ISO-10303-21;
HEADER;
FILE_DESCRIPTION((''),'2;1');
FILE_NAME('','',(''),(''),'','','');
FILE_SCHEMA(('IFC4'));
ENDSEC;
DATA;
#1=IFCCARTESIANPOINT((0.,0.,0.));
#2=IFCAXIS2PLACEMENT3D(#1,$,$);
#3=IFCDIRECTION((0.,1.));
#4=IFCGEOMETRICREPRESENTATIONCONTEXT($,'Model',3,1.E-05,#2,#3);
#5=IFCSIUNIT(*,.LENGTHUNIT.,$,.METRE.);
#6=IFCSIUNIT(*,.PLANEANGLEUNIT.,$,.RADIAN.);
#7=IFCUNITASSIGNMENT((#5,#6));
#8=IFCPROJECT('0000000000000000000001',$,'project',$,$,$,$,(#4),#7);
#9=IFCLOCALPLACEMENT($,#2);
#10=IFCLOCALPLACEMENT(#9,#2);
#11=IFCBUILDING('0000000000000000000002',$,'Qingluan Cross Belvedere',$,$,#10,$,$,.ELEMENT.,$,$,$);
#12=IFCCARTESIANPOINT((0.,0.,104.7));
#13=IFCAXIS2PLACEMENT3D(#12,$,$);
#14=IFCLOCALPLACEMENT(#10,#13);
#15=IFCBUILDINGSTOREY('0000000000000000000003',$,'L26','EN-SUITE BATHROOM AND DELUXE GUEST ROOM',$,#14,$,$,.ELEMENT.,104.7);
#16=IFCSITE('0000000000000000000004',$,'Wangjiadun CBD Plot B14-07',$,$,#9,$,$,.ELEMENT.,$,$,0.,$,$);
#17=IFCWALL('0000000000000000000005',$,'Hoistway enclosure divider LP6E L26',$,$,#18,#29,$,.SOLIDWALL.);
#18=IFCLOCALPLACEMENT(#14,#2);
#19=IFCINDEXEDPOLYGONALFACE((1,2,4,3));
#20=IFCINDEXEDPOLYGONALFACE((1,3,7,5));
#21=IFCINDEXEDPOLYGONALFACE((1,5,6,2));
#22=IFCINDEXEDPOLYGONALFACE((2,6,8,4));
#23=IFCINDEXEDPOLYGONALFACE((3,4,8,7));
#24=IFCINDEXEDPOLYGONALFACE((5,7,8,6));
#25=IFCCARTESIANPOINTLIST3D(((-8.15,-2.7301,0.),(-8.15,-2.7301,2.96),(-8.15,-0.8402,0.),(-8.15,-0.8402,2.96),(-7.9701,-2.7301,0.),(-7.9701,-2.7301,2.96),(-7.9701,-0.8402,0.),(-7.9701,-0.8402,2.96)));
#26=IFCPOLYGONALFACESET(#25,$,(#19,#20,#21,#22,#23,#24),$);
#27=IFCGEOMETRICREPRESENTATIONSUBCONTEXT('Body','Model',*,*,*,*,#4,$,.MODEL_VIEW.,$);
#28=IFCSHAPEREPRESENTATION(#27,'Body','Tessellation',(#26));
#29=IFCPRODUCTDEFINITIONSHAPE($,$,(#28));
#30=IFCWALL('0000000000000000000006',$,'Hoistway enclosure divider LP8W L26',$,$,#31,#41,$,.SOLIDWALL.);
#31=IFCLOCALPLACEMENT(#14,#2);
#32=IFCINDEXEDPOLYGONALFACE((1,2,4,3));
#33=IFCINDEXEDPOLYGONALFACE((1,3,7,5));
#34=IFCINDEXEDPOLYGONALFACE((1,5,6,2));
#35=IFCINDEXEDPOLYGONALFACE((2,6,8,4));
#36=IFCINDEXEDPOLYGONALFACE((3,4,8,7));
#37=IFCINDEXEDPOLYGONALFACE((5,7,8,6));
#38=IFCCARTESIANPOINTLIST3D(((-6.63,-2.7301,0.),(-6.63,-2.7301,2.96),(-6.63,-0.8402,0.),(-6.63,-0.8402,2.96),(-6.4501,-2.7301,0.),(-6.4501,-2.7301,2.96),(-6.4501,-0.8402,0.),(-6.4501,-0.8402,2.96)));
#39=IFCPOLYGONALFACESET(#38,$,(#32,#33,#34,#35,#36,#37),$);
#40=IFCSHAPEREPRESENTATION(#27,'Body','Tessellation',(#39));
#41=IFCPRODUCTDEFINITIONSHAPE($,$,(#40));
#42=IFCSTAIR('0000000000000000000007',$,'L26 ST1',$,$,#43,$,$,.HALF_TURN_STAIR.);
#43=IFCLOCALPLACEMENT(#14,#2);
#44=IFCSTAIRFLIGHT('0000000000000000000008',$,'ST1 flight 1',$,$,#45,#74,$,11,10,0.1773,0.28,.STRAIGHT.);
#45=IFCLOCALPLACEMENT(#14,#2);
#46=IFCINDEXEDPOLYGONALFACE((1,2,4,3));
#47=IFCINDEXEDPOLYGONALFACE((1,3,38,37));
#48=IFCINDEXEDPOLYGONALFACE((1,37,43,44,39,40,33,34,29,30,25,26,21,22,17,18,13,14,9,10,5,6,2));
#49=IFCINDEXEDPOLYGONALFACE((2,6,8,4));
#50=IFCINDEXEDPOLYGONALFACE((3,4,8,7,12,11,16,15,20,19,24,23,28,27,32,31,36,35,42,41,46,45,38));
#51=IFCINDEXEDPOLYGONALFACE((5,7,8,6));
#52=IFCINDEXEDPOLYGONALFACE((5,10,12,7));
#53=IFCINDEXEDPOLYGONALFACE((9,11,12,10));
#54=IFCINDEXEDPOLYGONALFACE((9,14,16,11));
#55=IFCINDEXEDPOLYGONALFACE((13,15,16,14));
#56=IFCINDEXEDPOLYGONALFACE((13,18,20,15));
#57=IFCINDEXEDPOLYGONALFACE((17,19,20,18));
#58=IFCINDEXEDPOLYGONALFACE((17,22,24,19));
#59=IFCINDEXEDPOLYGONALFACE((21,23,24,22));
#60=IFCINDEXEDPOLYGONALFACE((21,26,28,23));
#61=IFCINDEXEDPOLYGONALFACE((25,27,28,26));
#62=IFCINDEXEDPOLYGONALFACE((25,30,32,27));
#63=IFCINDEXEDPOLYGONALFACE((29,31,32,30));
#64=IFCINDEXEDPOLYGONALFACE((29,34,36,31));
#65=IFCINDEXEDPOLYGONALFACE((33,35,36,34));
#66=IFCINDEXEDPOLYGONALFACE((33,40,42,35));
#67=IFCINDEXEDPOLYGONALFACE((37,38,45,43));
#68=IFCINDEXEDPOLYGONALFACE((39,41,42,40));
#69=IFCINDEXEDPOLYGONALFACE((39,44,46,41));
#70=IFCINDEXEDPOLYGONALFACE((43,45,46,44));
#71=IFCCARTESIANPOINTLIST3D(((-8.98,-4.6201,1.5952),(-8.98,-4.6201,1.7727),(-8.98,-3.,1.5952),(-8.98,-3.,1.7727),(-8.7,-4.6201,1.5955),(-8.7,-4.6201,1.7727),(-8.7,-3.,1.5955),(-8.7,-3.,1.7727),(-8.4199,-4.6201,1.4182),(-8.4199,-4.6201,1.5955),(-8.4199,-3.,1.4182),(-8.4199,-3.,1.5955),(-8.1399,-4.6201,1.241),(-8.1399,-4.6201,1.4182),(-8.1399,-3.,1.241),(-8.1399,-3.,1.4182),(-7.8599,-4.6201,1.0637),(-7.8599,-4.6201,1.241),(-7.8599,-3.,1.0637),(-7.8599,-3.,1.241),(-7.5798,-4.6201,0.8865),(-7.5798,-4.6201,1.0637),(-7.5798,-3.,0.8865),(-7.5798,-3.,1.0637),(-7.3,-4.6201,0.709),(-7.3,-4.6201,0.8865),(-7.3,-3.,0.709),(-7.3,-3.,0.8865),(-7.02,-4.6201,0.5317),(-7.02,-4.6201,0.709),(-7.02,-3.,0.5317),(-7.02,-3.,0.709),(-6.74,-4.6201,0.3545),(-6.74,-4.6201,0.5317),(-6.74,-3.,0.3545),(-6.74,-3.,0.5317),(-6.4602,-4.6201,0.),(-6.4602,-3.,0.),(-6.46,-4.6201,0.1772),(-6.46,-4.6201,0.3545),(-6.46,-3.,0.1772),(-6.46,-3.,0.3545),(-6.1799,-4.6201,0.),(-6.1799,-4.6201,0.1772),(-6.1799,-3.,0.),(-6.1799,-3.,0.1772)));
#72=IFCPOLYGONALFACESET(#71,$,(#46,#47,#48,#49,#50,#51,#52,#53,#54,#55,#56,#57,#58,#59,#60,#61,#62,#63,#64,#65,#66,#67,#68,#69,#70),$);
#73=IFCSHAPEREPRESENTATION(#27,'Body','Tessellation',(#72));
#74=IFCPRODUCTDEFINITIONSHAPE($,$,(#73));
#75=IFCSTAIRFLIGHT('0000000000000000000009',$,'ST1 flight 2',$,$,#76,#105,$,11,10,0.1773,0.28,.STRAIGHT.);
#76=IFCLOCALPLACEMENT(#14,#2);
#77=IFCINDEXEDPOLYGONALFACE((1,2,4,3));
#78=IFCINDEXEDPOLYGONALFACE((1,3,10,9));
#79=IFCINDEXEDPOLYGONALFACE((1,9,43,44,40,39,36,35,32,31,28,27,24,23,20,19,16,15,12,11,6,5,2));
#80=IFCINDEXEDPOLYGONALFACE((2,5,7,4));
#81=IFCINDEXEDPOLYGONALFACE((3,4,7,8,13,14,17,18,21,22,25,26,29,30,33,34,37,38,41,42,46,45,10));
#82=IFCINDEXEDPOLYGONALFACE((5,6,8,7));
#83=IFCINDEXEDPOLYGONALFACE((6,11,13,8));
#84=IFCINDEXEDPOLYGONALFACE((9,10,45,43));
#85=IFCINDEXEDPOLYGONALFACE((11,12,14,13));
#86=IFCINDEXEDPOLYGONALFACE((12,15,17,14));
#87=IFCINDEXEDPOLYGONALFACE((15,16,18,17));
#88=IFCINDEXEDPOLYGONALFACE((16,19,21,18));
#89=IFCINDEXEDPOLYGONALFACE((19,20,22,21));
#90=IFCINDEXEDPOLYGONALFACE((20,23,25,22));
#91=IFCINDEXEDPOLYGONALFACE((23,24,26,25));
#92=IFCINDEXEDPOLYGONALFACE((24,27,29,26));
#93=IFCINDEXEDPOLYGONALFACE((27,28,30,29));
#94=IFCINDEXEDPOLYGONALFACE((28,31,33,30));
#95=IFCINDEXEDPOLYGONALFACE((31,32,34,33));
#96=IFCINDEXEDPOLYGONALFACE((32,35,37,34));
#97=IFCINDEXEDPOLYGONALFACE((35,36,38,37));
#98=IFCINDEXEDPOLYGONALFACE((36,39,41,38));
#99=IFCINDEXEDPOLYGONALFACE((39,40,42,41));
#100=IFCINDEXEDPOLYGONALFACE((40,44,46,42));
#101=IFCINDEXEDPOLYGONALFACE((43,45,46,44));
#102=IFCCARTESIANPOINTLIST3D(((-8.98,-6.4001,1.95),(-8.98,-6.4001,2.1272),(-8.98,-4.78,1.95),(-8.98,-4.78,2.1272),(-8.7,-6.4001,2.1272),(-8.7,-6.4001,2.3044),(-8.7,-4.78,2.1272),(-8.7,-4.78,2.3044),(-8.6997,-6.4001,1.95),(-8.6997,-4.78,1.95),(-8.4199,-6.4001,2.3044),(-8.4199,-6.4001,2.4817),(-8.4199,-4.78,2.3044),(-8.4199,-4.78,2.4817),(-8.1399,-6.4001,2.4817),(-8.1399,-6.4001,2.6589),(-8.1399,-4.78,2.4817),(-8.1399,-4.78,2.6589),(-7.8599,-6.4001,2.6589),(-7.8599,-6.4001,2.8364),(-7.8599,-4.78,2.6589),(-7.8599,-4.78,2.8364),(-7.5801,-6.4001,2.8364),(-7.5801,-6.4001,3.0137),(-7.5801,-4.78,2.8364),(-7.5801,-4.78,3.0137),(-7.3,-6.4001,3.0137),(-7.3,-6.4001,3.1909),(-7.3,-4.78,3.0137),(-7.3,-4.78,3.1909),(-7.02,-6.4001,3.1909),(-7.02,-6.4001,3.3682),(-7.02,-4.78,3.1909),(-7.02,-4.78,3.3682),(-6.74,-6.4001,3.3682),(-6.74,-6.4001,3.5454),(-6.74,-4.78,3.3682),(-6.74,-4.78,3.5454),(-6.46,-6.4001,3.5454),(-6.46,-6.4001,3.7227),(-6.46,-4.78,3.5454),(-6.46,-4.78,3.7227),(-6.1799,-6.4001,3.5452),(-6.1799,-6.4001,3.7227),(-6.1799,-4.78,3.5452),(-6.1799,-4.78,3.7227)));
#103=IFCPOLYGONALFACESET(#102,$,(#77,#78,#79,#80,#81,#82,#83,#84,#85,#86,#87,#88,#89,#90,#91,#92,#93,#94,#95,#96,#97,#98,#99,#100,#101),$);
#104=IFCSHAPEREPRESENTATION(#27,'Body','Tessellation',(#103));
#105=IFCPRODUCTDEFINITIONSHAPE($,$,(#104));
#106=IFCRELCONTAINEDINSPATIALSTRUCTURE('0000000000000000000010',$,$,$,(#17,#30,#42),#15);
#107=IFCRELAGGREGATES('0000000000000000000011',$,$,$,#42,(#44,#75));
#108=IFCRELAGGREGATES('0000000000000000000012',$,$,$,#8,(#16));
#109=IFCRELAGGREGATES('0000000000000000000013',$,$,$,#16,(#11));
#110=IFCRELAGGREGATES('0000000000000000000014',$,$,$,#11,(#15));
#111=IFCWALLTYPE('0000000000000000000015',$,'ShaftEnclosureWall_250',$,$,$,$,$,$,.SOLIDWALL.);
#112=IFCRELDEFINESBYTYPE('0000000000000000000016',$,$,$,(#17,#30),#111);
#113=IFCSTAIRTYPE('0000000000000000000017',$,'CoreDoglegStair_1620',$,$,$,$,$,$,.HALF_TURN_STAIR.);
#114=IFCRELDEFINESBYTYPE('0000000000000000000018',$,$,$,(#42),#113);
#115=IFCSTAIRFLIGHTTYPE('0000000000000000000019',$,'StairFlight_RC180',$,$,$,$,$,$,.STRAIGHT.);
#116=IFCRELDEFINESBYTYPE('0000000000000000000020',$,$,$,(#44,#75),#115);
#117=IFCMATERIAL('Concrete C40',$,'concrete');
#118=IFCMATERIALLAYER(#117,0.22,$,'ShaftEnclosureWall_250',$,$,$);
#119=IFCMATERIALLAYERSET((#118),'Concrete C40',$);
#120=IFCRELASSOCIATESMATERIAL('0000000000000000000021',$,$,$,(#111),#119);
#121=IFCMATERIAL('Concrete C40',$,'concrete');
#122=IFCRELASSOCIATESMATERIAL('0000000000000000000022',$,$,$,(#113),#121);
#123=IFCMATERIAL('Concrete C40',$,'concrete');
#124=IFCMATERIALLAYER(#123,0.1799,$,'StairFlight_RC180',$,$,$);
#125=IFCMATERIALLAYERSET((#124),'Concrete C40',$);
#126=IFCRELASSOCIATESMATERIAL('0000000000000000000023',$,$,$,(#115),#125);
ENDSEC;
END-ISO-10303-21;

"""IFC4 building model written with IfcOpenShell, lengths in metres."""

from ifc_helpers import new_model, si_unit, direction, frame, frame_2d, origin, place, context, subcontext, project, spatial, polyline, rectangle, outline, extrude, material, layer, layer_set, type_object, element, aggregate, save


model = new_model("IFC4")

# Units and contexts
model_context = context("Model", 3, precision=1e-05, world=origin(), true_north=direction((0.0, 1.0)))
body_context = subcontext(model_context, "Body", "Model", "MODEL_VIEW")
ifc_project = project(units=[si_unit("LENGTHUNIT", "METRE"), si_unit("PLANEANGLEUNIT", "RADIAN")], contexts=[model_context])

# Site, building, storey
site_placement = place(None, origin())
site = spatial("IfcSite", under=ifc_project, at=site_placement, Name="Wangjiadun CBD Plot B14-07", CompositionType="ELEMENT", RefElevation=0.0)
building_placement = place(site_placement, origin())
building = spatial("IfcBuilding", under=site, at=building_placement, Name="Qingluan Cross Belvedere", CompositionType="ELEMENT")
storey_placement = place(building_placement, frame((0.0, 0.0, 104.7)))
storey = spatial("IfcBuildingStorey", under=building, at=storey_placement, Name="L26", Description="EN-SUITE BATHROOM AND DELUXE GUEST ROOM", CompositionType="ELEMENT", Elevation=104.7)

# Shared definitions
ifc_material_1 = material(Name="Concrete C40", Category="concrete")
ifc_layer_1 = layer(ifc_material_1, 0.22, Name="ShaftEnclosureWall_250")
ifc_layer_set_1 = layer_set([ifc_layer_1], Name="Concrete C40")
wall_type_1 = type_object("IfcWallType", Name="ShaftEnclosureWall_250", PredefinedType="SOLIDWALL", material=ifc_layer_set_1)

# Walls
for number, where, z_axis, x_axis, name in (
    (1, (-8.0601, -2.73, 0.0), (0.0, 0.0, 1.0), (0.0, 1.0, 0.0), "Hoistway enclosure divider LP6E L26"),
    (2, (-6.54, -2.73, 0.0), (0.0, 0.0, 1.0), (0.0, 1.0, 0.0), "Hoistway enclosure divider LP8W L26"),
):
    element("IfcWall", number, at=place(storey_placement, frame(where, z_axis=z_axis, x_axis=x_axis)), inside=storey, type_object=wall_type_1, Name=name, PredefinedType="SOLIDWALL", context=body_context, shape_type="SweptSolid", body=[
        extrude(rectangle(XDim=1.8899, YDim=0.1799, at=frame_2d((0.9448, 0.0))), origin(), (0.0, 0.0, 1.0), 2.96),
    ])

# Stair, stair flights
ifc_material_2 = material(Name="Concrete C40", Category="concrete")
stair_type = type_object("IfcStairType", Name="CoreDoglegStair_1620", PredefinedType="HALF_TURN_STAIR", material=ifc_material_2)
stair_placement = place(storey_placement, origin())
stair = element("IfcStair", 3, at=stair_placement, inside=storey, type_object=stair_type, Name="L26 ST1", PredefinedType="HALF_TURN_STAIR")
ifc_material_3 = material(Name="Concrete C40", Category="concrete")
ifc_layer_2 = layer(ifc_material_3, 0.1799, Name="StairFlight_RC180")
ifc_layer_set_2 = layer_set([ifc_layer_2], Name="Concrete C40")
stair_flight_type = type_object("IfcStairFlightType", Name="StairFlight_RC180", PredefinedType="STRAIGHT", material=ifc_layer_set_2)
stair_flight_1_placement = place(storey_placement, frame((-6.1799, -3.8101, 0.0), z_axis=(0.0, 0.0, 1.0), x_axis=(-1.0, 0.0, 0.0)))
stair_flight_1 = element("IfcStairFlight", 4, at=stair_flight_1_placement, type_object=stair_flight_type, Name="ST1 flight 1", NumberOfRisers=11, NumberOfTreads=10, PredefinedType="STRAIGHT", RiserHeight=0.1773, TreadLength=0.28, context=body_context, shape_type="SweptSolid", body=[
    extrude(outline(polyline([(0.0, 0.0), (0.0, 0.1772), (0.28, 0.1772), (0.28, 0.3545), (0.5601, 0.3545), (0.5601, 0.5317), (0.8401, 0.5317), (0.8401, 0.709), (1.1201, 0.709), (1.1201, 0.8865), (1.3999, 0.8865), (1.3999, 1.0637), (1.6799, 1.0637), (1.6799, 1.241), (1.96, 1.241), (1.96, 1.4182), (2.24, 1.4182), (2.24, 1.5955), (2.52, 1.5955), (2.52, 1.7727), (2.8, 1.7727), (2.8, 1.95), (2.8, 1.5952), (0.2803, 0.0), (0.0, 0.0)])), frame((0.0, 0.8101, 0.0), z_axis=(0.0, -1.0, 0.0), x_axis=(1.0, 0.0, 0.0)), (0.0, 0.0, 1.0), 1.6201),
])
stair_flight_2_placement = place(storey_placement, frame((-8.98, -5.5901, 1.95), z_axis=(0.0, 0.0, 1.0), x_axis=(1.0, 0.0, 0.0)))
stair_flight_2 = element("IfcStairFlight", 5, at=stair_flight_2_placement, type_object=stair_flight_type, Name="ST1 flight 2", NumberOfRisers=11, NumberOfTreads=10, PredefinedType="STRAIGHT", RiserHeight=0.1773, TreadLength=0.28, context=body_context, shape_type="SweptSolid", body=[
    extrude(outline(polyline([(0.0, 0.0), (0.0, 0.1772), (0.28, 0.1772), (0.28, 0.3545), (0.5601, 0.3545), (0.5601, 0.5317), (0.8401, 0.5317), (0.8401, 0.709), (1.1201, 0.709), (1.1201, 0.8865), (1.3999, 0.8865), (1.3999, 1.0637), (1.6799, 1.0637), (1.6799, 1.241), (1.96, 1.241), (1.96, 1.4182), (2.24, 1.4182), (2.24, 1.5955), (2.52, 1.5955), (2.52, 1.7727), (2.8, 1.7727), (2.8, 1.95), (2.8, 1.5952), (0.2803, 0.0), (0.0, 0.0)])), frame((0.0, 0.8101, 0.0), z_axis=(0.0, -1.0, 0.0), x_axis=(1.0, 0.0, 0.0)), (0.0, 0.0, 1.0), 1.6201),
])
aggregate(stair, [stair_flight_1, stair_flight_2])

save(model, "model.ifc")
